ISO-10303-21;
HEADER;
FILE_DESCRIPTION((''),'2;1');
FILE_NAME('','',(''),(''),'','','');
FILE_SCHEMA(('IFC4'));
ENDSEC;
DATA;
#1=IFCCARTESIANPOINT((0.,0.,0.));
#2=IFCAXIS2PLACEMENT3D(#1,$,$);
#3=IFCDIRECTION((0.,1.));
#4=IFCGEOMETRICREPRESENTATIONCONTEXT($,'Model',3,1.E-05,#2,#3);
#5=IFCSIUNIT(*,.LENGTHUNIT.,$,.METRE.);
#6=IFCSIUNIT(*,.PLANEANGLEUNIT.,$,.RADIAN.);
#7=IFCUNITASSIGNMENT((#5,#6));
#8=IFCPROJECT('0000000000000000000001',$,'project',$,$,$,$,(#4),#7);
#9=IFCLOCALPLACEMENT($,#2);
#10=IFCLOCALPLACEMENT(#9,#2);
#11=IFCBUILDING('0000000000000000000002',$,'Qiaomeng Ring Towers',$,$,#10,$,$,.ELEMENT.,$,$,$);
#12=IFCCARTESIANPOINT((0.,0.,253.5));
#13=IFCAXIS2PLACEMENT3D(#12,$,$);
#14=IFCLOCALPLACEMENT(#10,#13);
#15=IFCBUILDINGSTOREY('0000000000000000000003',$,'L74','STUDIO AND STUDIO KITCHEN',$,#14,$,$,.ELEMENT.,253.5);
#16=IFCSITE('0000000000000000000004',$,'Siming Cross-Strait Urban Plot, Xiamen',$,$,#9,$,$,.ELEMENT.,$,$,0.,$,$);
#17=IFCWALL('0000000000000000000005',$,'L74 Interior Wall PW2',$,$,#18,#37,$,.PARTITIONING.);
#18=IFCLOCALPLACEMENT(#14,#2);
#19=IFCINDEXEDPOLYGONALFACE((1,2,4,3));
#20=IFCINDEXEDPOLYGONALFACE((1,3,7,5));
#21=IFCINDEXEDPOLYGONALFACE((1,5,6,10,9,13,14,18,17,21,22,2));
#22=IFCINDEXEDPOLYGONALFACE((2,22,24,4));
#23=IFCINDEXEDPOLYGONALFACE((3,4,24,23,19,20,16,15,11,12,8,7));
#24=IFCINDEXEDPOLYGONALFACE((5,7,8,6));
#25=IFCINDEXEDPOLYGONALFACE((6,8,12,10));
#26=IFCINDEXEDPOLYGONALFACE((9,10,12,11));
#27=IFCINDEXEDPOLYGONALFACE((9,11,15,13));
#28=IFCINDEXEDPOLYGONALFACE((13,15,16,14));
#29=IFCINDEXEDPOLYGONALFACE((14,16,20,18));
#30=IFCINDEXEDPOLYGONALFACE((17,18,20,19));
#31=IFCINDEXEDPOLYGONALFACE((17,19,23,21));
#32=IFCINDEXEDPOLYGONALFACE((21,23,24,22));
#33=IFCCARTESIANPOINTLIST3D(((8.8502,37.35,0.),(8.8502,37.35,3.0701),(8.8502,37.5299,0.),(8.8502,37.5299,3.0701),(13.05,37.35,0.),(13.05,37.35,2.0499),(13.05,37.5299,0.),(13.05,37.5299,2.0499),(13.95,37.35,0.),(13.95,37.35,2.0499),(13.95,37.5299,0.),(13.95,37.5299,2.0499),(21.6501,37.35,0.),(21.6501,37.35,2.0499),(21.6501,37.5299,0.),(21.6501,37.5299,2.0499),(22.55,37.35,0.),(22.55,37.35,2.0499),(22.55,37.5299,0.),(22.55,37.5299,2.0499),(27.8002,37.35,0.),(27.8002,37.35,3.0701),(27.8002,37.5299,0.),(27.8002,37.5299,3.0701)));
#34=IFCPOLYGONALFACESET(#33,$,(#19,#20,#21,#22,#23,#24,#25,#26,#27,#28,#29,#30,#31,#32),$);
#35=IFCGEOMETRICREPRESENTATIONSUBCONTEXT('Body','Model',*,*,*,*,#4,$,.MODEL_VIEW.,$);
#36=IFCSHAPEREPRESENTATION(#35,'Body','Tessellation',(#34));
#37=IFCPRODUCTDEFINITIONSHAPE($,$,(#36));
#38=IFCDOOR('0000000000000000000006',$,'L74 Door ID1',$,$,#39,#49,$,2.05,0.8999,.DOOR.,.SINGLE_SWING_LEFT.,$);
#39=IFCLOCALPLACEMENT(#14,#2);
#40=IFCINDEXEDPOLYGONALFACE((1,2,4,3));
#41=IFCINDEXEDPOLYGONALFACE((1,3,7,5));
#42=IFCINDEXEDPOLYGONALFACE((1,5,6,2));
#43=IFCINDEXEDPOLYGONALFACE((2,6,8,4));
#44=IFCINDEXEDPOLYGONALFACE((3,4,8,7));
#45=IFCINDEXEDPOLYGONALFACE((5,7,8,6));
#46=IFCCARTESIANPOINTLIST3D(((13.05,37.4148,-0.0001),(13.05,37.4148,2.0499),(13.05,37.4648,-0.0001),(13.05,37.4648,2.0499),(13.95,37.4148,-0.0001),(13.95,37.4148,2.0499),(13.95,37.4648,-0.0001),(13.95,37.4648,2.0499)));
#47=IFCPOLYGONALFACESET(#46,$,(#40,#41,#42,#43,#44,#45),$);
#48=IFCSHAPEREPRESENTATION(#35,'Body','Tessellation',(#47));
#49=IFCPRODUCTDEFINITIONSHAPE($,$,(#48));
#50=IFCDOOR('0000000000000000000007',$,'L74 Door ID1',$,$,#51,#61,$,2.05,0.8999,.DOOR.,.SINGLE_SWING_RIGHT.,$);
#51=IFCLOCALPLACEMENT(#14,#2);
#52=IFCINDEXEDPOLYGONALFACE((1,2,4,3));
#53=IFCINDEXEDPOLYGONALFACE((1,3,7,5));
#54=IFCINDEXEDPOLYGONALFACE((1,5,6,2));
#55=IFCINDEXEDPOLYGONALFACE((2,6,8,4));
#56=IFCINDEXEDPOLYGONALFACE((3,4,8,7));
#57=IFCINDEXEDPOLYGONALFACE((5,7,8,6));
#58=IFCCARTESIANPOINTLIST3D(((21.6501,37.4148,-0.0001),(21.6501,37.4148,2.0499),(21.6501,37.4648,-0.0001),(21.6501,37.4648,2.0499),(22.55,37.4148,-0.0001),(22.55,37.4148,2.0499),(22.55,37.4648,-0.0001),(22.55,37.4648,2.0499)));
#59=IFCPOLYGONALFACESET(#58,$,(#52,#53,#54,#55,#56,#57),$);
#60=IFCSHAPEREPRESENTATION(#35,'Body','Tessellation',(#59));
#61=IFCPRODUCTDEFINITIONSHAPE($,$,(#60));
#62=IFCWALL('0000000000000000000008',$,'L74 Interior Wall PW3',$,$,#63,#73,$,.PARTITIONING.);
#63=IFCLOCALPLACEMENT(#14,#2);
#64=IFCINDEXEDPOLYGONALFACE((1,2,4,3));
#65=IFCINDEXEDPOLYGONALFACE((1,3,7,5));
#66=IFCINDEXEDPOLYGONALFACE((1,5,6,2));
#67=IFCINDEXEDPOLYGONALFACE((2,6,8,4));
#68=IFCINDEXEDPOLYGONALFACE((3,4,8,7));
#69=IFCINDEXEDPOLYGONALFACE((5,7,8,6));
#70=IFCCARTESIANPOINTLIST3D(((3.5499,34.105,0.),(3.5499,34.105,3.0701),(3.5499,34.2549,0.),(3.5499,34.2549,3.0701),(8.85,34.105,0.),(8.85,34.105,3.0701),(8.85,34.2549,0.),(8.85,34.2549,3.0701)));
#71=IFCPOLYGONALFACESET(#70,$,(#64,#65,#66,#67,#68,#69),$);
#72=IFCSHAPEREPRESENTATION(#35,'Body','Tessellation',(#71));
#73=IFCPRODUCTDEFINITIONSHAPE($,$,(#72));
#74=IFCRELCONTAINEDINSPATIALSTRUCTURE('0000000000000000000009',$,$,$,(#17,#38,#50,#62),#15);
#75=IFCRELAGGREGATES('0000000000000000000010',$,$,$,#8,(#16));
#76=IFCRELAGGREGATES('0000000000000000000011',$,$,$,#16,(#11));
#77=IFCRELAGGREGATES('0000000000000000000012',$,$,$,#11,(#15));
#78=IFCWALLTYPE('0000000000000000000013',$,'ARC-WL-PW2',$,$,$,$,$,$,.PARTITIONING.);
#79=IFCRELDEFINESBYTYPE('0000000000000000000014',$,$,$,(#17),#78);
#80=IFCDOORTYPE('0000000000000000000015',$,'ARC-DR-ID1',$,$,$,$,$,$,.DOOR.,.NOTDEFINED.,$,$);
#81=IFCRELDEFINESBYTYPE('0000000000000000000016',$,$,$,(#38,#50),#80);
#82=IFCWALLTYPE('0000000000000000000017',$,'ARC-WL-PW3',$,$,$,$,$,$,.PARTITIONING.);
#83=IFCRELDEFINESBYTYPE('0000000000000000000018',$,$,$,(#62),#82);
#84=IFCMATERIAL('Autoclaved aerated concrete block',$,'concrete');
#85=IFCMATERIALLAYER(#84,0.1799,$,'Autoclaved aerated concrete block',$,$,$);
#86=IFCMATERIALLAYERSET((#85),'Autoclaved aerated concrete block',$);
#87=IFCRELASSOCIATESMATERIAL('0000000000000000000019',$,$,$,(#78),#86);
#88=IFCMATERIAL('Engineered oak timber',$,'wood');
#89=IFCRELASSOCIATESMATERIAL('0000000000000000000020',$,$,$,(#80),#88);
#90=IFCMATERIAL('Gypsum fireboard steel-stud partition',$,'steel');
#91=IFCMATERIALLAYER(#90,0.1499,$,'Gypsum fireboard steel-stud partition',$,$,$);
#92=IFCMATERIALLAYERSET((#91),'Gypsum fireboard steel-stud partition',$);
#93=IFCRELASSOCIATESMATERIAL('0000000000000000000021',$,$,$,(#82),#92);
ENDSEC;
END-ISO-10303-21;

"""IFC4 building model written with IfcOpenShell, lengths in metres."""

from ifc_helpers import new_model, si_unit, direction, frame, frame_2d, origin, place, context, subcontext, project, spatial, rectangle, extrude, source, transform, mapped, material, layer, layer_set, type_object, element, fill, save


model = new_model("IFC4")

# Units and contexts
model_context = context("Model", 3, precision=1e-05, world=origin(), true_north=direction((0.0, 1.0)))
body_context = subcontext(model_context, "Body", "Model", "MODEL_VIEW")
ifc_project = project(units=[si_unit("LENGTHUNIT", "METRE"), si_unit("PLANEANGLEUNIT", "RADIAN")], contexts=[model_context])

# Site, building, storey
site_placement = place(None, origin())
site = spatial("IfcSite", under=ifc_project, at=site_placement, Name="Siming Cross-Strait Urban Plot, Xiamen", CompositionType="ELEMENT", RefElevation=0.0)
building_placement = place(site_placement, origin())
building = spatial("IfcBuilding", under=site, at=building_placement, Name="Qiaomeng Ring Towers", CompositionType="ELEMENT")
storey_placement = place(building_placement, frame((0.0, 0.0, 253.5)))
storey = spatial("IfcBuildingStorey", under=building, at=storey_placement, Name="L74", Description="STUDIO AND STUDIO KITCHEN", CompositionType="ELEMENT", Elevation=253.5)

# Shared definitions
ifc_material_1 = material(Name="Autoclaved aerated concrete block", Category="concrete")
ifc_layer_1 = layer(ifc_material_1, 0.1799, Name="Autoclaved aerated concrete block")
ifc_layer_set_1 = layer_set([ifc_layer_1], Name="Autoclaved aerated concrete block")
wall_type_1 = type_object("IfcWallType", Name="ARC-WL-PW2", PredefinedType="PARTITIONING", material=ifc_layer_set_1)

# Wall, openings, doors
wall_1_placement = place(storey_placement, frame((8.8501, 37.4399, 0.0), z_axis=(0.0, 0.0, 1.0), x_axis=(1.0, 0.0, 0.0)))
wall_1 = element("IfcWall", 1, at=wall_1_placement, inside=storey, type_object=wall_type_1, Name="L74 Interior Wall PW2", PredefinedType="PARTITIONING", context=body_context, shape_type="SweptSolid", body=[
    extrude(rectangle(XDim=18.95, YDim=0.1799, at=frame_2d((9.4751, 0.0))), origin(), (0.0, 0.0, 1.0), 3.0701),
])
opening_1_placement = place(wall_1_placement, frame((4.2, 0.0, 0.0)))
opening_1 = element("IfcOpeningElement", 2, at=opening_1_placement, cuts=wall_1, PredefinedType="OPENING", context=body_context, shape_type="SweptSolid", body=[
    extrude(rectangle(XDim=0.8999, YDim=2.05, at=frame_2d((0.45, 1.0249))), frame((0.0, 0.0999, 0.0), z_axis=(0.0, -1.0, 0.0), x_axis=(1.0, 0.0, 0.0)), (0.0, 0.0, 1.0), 0.2),
])
opening_2_placement = place(wall_1_placement, frame((12.8, 0.0, 0.0)))
opening_2 = element("IfcOpeningElement", 3, at=opening_2_placement, cuts=wall_1, PredefinedType="OPENING", context=body_context, shape_type="SweptSolid", body=[
    extrude(rectangle(XDim=0.8999, YDim=2.05, at=frame_2d((0.45, 1.0249))), frame((0.0, 0.0999, 0.0), z_axis=(0.0, -1.0, 0.0), x_axis=(1.0, 0.0, 0.0)), (0.0, 0.0, 1.0), 0.2),
])
ifc_material_2 = material(Name="Engineered oak timber", Category="wood")
door_type_1 = type_object("IfcDoorType", Name="ARC-DR-ID1", OperationType="NOTDEFINED", PredefinedType="DOOR", material=ifc_material_2)
shared_shape_1 = source(origin(), body_context, "Body", "SweptSolid", [
    extrude(rectangle(XDim=0.8999, YDim=2.05, at=frame_2d((0.45, 1.0249))), frame((0.0, 0.0249, 0.0), z_axis=(0.0, -1.0, 0.0), x_axis=(1.0, 0.0, 0.0)), (0.0, 0.0, 1.0), 0.05),
])
door_1_placement = place(opening_1_placement, origin())
door_1 = element("IfcDoor", 4, at=door_1_placement, inside=storey, type_object=door_type_1, Name="L74 Door ID1", OperationType="SINGLE_SWING_LEFT", OverallHeight=2.05, OverallWidth=0.8999, PredefinedType="DOOR", context=body_context, shape_type="MappedRepresentation", body=[
    mapped(shared_shape_1, transform((0.0, 0.0, 0.0), x_axis=(1.0, 0.0, 0.0), y_axis=(0.0, 1.0, 0.0), z_axis=(0.0, 0.0, 1.0), scale=1.0)),
])
fill(opening_1, door_1)
door_2_placement = place(opening_2_placement, origin())
door_2 = element("IfcDoor", 5, at=door_2_placement, inside=storey, type_object=door_type_1, Name="L74 Door ID1", OperationType="SINGLE_SWING_RIGHT", OverallHeight=2.05, OverallWidth=0.8999, PredefinedType="DOOR", context=body_context, shape_type="MappedRepresentation", body=[
    mapped(shared_shape_1, transform((0.0, 0.0, 0.0), x_axis=(1.0, 0.0, 0.0), y_axis=(0.0, 1.0, 0.0), z_axis=(0.0, 0.0, 1.0), scale=1.0)),
])
fill(opening_2, door_2)

# Wall
ifc_material_3 = material(Name="Gypsum fireboard steel-stud partition", Category="steel")
ifc_layer_2 = layer(ifc_material_3, 0.1499, Name="Gypsum fireboard steel-stud partition")
ifc_layer_set_2 = layer_set([ifc_layer_2], Name="Gypsum fireboard steel-stud partition")
wall_type_2 = type_object("IfcWallType", Name="ARC-WL-PW3", PredefinedType="PARTITIONING", material=ifc_layer_set_2)
wall_2_placement = place(storey_placement, frame((3.55, 34.1799, 0.0), z_axis=(0.0, 0.0, 1.0), x_axis=(1.0, 0.0, 0.0)))
element("IfcWall", 6, at=wall_2_placement, inside=storey, type_object=wall_type_2, Name="L74 Interior Wall PW3", PredefinedType="PARTITIONING", context=body_context, shape_type="SweptSolid", body=[
    extrude(rectangle(XDim=5.3, YDim=0.1499, at=frame_2d((2.6499, 0.0))), origin(), (0.0, 0.0, 1.0), 3.0701),
])

save(model, "model.ifc")
